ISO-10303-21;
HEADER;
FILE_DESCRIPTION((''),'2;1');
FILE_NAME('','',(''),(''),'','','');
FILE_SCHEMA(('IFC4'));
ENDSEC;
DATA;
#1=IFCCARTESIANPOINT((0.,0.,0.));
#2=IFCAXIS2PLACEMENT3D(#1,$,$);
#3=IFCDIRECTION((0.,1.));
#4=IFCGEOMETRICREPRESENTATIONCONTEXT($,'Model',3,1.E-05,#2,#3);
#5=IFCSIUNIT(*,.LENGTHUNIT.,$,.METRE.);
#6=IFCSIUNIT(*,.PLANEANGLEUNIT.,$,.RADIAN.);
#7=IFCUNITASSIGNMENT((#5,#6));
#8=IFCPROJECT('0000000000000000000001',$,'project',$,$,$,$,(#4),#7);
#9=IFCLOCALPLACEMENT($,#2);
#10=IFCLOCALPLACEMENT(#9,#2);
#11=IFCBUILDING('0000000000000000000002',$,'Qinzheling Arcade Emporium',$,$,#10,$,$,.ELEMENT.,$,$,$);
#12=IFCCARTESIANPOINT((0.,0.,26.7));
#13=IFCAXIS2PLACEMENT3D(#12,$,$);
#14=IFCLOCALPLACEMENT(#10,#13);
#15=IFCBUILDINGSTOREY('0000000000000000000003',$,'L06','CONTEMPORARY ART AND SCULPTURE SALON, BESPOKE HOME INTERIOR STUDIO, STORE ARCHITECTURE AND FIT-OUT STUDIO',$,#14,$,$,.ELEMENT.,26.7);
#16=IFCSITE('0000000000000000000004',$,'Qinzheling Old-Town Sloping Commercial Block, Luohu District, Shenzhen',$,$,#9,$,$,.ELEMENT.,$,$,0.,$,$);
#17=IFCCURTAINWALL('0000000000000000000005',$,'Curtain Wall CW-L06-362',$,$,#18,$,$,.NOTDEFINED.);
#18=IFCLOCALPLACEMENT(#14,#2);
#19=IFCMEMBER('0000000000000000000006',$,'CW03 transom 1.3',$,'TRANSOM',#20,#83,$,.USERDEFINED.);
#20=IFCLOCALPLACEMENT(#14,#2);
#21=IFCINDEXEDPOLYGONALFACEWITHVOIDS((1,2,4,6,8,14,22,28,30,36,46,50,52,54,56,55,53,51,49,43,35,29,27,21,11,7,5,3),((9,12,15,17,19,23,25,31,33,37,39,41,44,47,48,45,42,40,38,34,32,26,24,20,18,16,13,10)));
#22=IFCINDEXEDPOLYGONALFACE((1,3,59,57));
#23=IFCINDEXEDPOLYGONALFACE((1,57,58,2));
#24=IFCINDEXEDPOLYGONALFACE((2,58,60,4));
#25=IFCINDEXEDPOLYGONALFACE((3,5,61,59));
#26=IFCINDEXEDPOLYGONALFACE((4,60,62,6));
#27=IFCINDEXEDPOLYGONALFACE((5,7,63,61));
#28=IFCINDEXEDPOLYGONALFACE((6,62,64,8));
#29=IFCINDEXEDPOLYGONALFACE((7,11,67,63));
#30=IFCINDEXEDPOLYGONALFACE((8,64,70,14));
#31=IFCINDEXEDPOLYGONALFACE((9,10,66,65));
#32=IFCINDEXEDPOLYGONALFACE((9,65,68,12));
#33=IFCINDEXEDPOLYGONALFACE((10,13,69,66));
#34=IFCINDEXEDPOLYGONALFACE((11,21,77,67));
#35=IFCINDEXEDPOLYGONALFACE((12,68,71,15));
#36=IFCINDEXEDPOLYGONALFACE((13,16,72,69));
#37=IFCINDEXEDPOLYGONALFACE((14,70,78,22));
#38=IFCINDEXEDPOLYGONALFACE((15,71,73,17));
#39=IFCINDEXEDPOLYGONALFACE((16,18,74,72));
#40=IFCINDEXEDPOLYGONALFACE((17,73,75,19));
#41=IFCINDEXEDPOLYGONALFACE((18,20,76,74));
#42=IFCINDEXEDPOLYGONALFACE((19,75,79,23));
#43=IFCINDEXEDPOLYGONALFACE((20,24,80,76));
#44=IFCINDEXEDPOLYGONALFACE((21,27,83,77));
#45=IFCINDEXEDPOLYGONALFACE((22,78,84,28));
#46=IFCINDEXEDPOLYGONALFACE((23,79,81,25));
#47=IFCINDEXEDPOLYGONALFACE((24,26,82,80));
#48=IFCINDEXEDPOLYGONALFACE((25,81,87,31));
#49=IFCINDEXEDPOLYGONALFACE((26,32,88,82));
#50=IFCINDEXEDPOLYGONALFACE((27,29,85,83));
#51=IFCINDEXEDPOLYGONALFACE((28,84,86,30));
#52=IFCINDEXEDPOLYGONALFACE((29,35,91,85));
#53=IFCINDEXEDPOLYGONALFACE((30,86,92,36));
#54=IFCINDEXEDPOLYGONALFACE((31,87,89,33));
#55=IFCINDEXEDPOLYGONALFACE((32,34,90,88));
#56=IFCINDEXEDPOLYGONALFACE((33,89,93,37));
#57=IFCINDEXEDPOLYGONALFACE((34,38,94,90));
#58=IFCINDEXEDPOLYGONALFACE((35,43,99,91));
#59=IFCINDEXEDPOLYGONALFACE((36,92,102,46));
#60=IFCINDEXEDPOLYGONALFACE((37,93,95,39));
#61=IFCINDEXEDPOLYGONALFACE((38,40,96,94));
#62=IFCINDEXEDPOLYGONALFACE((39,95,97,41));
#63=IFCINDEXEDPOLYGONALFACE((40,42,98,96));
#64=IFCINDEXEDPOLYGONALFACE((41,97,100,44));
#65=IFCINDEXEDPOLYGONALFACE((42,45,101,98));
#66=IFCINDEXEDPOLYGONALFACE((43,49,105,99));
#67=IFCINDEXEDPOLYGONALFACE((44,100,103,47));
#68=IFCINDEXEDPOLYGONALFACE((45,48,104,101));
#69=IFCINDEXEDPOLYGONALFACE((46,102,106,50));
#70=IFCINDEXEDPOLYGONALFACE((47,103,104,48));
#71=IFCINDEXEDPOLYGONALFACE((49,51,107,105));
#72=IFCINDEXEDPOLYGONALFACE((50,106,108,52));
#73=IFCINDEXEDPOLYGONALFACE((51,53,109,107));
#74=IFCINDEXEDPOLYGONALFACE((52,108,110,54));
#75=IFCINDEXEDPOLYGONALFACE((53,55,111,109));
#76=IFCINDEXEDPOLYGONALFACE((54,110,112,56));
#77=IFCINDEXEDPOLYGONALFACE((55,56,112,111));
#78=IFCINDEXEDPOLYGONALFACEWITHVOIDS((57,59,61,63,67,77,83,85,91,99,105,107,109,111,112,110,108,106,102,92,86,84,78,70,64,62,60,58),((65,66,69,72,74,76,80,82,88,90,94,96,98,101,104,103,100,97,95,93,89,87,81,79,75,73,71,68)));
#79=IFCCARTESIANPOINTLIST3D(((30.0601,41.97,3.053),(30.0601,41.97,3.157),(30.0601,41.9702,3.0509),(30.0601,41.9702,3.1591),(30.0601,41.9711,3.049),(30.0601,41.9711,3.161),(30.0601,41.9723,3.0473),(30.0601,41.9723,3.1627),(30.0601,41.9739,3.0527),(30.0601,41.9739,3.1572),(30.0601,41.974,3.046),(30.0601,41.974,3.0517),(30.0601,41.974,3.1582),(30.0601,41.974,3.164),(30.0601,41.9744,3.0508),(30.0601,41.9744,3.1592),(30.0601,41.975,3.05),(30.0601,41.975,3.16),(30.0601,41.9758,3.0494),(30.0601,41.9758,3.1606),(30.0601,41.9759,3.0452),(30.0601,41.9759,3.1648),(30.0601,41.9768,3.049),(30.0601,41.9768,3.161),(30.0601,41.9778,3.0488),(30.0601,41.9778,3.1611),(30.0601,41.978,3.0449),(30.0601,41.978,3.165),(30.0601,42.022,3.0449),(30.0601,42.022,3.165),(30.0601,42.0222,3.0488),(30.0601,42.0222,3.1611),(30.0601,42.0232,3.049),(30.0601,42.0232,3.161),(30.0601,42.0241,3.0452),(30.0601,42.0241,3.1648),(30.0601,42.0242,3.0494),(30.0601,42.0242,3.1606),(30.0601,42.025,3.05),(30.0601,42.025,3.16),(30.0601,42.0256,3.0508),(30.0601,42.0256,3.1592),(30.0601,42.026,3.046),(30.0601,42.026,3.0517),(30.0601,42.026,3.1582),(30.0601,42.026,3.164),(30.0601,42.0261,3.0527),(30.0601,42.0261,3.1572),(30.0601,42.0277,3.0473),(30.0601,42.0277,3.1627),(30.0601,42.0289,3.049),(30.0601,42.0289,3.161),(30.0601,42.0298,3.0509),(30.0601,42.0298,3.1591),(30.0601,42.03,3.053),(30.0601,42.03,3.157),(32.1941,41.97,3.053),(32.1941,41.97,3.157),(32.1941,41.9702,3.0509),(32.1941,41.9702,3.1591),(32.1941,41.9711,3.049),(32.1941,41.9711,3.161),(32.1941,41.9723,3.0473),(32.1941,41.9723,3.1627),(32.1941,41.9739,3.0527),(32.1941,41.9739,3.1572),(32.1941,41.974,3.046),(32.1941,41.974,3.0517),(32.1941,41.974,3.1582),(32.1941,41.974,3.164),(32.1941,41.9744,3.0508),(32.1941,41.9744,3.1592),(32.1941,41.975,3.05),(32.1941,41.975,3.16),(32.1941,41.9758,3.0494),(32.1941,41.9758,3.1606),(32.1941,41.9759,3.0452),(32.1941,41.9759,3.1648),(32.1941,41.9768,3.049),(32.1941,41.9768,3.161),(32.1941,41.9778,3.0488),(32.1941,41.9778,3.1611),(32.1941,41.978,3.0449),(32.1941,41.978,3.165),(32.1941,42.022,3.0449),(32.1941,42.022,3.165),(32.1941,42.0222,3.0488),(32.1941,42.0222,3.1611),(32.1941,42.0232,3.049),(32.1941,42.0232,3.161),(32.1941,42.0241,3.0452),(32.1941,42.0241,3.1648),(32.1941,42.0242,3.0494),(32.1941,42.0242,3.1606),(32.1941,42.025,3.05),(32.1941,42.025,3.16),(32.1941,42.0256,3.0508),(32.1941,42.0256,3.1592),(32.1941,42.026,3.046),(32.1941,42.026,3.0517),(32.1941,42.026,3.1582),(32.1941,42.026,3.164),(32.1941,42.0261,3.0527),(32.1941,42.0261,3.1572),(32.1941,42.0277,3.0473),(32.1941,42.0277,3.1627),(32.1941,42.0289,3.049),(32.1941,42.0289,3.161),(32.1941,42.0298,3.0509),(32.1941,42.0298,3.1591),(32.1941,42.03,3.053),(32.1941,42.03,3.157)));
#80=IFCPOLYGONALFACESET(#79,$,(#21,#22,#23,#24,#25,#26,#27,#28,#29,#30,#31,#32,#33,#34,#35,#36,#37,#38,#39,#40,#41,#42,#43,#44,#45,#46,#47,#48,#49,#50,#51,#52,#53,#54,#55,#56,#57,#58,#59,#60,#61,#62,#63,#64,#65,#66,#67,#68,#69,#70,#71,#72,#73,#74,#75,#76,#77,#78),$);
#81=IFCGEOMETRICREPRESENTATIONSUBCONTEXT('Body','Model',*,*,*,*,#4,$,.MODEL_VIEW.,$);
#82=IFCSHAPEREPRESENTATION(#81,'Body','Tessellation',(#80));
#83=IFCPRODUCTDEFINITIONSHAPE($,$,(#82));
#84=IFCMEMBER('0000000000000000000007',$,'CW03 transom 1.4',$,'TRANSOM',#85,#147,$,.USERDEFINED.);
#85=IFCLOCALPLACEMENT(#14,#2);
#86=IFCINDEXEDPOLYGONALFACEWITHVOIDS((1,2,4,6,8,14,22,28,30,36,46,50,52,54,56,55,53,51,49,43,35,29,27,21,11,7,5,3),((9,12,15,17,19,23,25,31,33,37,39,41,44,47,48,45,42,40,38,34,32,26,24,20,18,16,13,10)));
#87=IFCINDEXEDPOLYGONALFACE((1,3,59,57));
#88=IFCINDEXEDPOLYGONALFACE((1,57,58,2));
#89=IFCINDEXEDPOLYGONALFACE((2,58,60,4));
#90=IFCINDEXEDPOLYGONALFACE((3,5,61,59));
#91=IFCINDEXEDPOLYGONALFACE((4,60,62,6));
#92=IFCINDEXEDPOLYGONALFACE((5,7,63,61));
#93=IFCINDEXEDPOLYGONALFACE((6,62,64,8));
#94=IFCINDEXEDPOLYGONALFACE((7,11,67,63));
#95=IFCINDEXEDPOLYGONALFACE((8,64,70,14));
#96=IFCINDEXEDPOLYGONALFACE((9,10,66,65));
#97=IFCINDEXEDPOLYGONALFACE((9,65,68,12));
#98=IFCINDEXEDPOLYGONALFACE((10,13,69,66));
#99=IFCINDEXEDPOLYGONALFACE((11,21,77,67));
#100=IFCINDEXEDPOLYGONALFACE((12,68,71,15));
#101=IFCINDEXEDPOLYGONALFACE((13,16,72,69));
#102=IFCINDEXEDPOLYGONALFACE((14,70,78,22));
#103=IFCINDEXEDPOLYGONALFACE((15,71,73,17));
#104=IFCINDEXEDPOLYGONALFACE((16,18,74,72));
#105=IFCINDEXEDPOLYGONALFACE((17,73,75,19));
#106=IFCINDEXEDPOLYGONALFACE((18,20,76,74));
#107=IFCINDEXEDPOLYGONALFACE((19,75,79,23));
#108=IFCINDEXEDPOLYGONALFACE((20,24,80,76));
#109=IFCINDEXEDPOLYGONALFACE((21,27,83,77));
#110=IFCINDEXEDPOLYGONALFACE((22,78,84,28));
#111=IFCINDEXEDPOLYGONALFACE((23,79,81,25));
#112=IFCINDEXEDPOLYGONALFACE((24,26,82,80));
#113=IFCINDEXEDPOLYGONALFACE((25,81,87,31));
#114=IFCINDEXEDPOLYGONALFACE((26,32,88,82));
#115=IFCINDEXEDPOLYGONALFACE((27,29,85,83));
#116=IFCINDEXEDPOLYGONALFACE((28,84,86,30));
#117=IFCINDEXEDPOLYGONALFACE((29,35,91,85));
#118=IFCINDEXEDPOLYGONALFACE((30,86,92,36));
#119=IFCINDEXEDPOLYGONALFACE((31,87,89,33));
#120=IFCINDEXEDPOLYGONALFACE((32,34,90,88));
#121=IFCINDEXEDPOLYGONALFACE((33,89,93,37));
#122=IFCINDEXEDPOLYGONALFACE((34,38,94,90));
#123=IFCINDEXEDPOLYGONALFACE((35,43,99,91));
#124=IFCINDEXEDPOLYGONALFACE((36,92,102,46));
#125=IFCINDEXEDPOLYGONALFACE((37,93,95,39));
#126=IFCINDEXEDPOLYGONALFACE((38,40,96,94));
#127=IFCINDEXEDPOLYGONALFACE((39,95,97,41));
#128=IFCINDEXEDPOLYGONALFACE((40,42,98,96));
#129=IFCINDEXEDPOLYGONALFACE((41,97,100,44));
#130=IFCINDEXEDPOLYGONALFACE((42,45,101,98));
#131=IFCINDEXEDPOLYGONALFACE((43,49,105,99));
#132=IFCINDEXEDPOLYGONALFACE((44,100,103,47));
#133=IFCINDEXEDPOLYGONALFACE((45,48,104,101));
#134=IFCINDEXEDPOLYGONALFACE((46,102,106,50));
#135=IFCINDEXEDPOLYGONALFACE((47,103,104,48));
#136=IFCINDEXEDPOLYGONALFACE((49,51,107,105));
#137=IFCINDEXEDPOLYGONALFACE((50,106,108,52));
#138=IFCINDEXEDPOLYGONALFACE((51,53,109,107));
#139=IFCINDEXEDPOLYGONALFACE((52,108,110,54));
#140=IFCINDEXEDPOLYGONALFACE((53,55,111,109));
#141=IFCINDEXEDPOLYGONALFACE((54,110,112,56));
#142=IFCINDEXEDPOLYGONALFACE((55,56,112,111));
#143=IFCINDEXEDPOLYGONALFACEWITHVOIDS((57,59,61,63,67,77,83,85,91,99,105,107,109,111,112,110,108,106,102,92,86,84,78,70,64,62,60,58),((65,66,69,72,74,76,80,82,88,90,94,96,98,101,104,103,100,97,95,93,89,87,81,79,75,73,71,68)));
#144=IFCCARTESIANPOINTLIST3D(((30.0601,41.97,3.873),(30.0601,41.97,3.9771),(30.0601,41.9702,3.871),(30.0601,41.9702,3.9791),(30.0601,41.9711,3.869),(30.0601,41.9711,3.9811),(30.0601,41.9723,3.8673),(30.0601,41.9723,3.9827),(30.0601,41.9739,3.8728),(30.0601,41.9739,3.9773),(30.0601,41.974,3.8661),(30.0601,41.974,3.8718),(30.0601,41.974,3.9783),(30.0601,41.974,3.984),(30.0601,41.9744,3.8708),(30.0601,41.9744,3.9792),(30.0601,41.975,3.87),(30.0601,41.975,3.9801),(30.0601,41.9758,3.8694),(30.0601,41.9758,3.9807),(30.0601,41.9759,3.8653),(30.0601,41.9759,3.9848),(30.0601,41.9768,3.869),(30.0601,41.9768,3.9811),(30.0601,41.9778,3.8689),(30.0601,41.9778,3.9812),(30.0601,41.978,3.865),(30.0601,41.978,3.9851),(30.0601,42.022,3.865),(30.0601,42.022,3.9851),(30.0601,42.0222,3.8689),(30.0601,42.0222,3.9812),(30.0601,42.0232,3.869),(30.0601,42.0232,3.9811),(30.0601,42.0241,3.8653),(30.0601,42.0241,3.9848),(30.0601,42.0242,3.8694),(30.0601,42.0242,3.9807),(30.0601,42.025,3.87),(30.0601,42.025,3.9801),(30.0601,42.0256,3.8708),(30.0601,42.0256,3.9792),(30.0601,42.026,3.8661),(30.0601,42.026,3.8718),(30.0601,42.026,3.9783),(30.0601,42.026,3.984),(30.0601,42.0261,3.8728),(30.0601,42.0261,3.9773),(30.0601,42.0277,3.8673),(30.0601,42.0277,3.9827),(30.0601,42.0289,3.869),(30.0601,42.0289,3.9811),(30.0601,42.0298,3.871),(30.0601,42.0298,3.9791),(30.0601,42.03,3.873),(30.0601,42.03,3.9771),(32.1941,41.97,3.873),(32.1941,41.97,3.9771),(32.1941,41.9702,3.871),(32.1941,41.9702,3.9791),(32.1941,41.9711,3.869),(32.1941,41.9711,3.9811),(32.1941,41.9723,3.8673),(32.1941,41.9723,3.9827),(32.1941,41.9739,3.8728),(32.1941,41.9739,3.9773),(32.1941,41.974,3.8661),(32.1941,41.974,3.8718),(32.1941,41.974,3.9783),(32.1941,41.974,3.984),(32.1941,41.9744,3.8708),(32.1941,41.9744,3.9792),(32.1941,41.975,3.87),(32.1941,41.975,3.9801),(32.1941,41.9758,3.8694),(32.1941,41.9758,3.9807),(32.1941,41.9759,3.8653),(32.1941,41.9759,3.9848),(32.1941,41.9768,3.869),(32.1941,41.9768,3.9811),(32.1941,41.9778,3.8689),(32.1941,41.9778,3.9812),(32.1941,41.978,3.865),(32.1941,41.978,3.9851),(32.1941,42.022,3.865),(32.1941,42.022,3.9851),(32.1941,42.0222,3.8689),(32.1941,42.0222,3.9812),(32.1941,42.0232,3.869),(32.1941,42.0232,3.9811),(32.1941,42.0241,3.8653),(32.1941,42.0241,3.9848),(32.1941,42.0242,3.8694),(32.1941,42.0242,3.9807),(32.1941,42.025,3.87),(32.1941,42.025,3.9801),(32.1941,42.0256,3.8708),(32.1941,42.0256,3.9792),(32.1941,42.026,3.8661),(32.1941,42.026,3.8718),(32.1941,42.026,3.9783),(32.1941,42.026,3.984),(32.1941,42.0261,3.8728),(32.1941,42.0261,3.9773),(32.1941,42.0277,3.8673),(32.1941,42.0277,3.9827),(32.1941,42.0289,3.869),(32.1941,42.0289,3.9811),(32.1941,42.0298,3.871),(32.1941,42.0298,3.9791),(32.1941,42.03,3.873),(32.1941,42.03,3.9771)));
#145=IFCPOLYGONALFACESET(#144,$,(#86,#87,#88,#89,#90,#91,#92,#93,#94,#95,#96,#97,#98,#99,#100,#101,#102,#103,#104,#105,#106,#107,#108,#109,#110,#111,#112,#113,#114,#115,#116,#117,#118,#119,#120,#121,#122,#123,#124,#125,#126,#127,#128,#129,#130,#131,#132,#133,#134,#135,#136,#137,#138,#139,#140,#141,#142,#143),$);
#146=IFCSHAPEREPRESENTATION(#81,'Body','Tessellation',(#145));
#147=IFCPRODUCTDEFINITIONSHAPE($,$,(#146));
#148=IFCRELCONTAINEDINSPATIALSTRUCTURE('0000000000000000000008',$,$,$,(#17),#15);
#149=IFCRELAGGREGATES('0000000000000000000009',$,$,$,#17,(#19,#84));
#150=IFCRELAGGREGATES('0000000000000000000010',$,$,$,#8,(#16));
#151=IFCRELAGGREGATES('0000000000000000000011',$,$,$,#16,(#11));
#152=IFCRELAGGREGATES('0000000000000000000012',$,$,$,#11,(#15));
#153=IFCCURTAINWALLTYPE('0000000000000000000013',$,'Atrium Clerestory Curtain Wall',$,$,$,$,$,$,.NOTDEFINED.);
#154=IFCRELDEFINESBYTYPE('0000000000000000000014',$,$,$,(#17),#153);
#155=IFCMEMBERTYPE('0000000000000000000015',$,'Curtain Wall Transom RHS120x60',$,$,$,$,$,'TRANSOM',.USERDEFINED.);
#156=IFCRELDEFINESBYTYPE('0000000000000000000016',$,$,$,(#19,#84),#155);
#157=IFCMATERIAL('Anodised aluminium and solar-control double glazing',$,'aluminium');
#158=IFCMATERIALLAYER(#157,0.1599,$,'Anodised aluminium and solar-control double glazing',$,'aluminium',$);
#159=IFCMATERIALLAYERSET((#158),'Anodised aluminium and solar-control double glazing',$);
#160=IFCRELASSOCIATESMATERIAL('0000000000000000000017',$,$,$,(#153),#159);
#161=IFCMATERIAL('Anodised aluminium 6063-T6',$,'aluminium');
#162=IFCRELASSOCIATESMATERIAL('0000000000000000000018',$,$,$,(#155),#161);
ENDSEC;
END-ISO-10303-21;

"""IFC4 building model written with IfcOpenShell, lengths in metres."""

from ifc_helpers import new_model, si_unit, direction, frame, origin, origin_2d, place, context, subcontext, project, spatial, hollow_rectangle, extrude, material, layer, layer_set, material_profile, profile_set, type_object, element, aggregate, save


model = new_model("IFC4")

# Units and contexts
model_context = context("Model", 3, precision=1e-05, world=origin(), true_north=direction((0.0, 1.0)))
body_context = subcontext(model_context, "Body", "Model", "MODEL_VIEW")
ifc_project = project(units=[si_unit("LENGTHUNIT", "METRE"), si_unit("PLANEANGLEUNIT", "RADIAN")], contexts=[model_context])

# Site, building, storey
site_placement = place(None, origin())
site = spatial("IfcSite", under=ifc_project, at=site_placement, Name="Qinzheling Old-Town Sloping Commercial Block, Luohu District, Shenzhen", CompositionType="ELEMENT", RefElevation=0.0)
building_placement = place(site_placement, origin())
building = spatial("IfcBuilding", under=site, at=building_placement, Name="Qinzheling Arcade Emporium", CompositionType="ELEMENT")
storey_placement = place(building_placement, frame((0.0, 0.0, 26.7)))
storey = spatial("IfcBuildingStorey", under=building, at=storey_placement, Name="L06", Description="CONTEMPORARY ART AND SCULPTURE SALON, BESPOKE HOME INTERIOR STUDIO, STORE ARCHITECTURE AND FIT-OUT STUDIO", CompositionType="ELEMENT", Elevation=26.7)

# Shared definitions
ifc_material_1 = material(Name="Anodised aluminium and solar-control double glazing", Category="aluminium")
ifc_layer_1 = layer(ifc_material_1, 0.1599, Name="Anodised aluminium and solar-control double glazing", Category="aluminium")
ifc_layer_set_1 = layer_set([ifc_layer_1], Name="Anodised aluminium and solar-control double glazing")
curtain_wall_type = type_object("IfcCurtainWallType", Name="Atrium Clerestory Curtain Wall", PredefinedType="NOTDEFINED", material=ifc_layer_set_1)
ifc_material_2 = material(Name="Anodised aluminium 6063-T6", Category="aluminium")

# Curtain wall
curtain_wall_1_placement = place(storey_placement, origin())
curtain_wall_1 = element("IfcCurtainWall", 1, at=curtain_wall_1_placement, inside=storey, type_object=curtain_wall_type, Name="Curtain Wall CW-L06-362", PredefinedType="NOTDEFINED")

# Members
ifc_material_profile_1 = material_profile(ifc_material_2, hollow_rectangle(XDim=0.0601, YDim=0.1201, WallThickness=0.0039, InnerFilletRadius=0.0039, OuterFilletRadius=0.0081, at=origin_2d()), Name="RHS 120x60x4", Category="aluminium")
ifc_profile_set_1 = profile_set([ifc_material_profile_1], Name="Anodised aluminium 6063-T6")
member_type_1 = type_object("IfcMemberType", Name="Curtain Wall Transom RHS120x60", ElementType="TRANSOM", PredefinedType="USERDEFINED", material=ifc_profile_set_1)
member_1_placement = place(storey_placement, frame((30.0601, 42.0, 3.105), z_axis=(1.0, 0.0, 0.0), x_axis=(0.0, 1.0, 0.0)))
member_1 = element("IfcMember", 2, at=member_1_placement, type_object=member_type_1, Name="CW03 transom 1.3", ObjectType="TRANSOM", PredefinedType="USERDEFINED", context=body_context, shape_type="SweptSolid", body=[
    extrude(hollow_rectangle(XDim=0.0601, YDim=0.1201, WallThickness=0.0039, InnerFilletRadius=0.0039, OuterFilletRadius=0.0081, at=origin_2d()), origin(), (0.0, 0.0, 1.0), 2.134),
])
member_2_placement = place(storey_placement, frame((30.0601, 42.0, 3.925), z_axis=(1.0, 0.0, 0.0), x_axis=(0.0, 1.0, 0.0)))
member_2 = element("IfcMember", 3, at=member_2_placement, type_object=member_type_1, Name="CW03 transom 1.4", ObjectType="TRANSOM", PredefinedType="USERDEFINED", context=body_context, shape_type="SweptSolid", body=[
    extrude(hollow_rectangle(XDim=0.0601, YDim=0.1201, WallThickness=0.0039, InnerFilletRadius=0.0039, OuterFilletRadius=0.0081, at=origin_2d()), origin(), (0.0, 0.0, 1.0), 2.134),
])

aggregate(curtain_wall_1, [member_1, member_2])

save(model, "model.ifc")
